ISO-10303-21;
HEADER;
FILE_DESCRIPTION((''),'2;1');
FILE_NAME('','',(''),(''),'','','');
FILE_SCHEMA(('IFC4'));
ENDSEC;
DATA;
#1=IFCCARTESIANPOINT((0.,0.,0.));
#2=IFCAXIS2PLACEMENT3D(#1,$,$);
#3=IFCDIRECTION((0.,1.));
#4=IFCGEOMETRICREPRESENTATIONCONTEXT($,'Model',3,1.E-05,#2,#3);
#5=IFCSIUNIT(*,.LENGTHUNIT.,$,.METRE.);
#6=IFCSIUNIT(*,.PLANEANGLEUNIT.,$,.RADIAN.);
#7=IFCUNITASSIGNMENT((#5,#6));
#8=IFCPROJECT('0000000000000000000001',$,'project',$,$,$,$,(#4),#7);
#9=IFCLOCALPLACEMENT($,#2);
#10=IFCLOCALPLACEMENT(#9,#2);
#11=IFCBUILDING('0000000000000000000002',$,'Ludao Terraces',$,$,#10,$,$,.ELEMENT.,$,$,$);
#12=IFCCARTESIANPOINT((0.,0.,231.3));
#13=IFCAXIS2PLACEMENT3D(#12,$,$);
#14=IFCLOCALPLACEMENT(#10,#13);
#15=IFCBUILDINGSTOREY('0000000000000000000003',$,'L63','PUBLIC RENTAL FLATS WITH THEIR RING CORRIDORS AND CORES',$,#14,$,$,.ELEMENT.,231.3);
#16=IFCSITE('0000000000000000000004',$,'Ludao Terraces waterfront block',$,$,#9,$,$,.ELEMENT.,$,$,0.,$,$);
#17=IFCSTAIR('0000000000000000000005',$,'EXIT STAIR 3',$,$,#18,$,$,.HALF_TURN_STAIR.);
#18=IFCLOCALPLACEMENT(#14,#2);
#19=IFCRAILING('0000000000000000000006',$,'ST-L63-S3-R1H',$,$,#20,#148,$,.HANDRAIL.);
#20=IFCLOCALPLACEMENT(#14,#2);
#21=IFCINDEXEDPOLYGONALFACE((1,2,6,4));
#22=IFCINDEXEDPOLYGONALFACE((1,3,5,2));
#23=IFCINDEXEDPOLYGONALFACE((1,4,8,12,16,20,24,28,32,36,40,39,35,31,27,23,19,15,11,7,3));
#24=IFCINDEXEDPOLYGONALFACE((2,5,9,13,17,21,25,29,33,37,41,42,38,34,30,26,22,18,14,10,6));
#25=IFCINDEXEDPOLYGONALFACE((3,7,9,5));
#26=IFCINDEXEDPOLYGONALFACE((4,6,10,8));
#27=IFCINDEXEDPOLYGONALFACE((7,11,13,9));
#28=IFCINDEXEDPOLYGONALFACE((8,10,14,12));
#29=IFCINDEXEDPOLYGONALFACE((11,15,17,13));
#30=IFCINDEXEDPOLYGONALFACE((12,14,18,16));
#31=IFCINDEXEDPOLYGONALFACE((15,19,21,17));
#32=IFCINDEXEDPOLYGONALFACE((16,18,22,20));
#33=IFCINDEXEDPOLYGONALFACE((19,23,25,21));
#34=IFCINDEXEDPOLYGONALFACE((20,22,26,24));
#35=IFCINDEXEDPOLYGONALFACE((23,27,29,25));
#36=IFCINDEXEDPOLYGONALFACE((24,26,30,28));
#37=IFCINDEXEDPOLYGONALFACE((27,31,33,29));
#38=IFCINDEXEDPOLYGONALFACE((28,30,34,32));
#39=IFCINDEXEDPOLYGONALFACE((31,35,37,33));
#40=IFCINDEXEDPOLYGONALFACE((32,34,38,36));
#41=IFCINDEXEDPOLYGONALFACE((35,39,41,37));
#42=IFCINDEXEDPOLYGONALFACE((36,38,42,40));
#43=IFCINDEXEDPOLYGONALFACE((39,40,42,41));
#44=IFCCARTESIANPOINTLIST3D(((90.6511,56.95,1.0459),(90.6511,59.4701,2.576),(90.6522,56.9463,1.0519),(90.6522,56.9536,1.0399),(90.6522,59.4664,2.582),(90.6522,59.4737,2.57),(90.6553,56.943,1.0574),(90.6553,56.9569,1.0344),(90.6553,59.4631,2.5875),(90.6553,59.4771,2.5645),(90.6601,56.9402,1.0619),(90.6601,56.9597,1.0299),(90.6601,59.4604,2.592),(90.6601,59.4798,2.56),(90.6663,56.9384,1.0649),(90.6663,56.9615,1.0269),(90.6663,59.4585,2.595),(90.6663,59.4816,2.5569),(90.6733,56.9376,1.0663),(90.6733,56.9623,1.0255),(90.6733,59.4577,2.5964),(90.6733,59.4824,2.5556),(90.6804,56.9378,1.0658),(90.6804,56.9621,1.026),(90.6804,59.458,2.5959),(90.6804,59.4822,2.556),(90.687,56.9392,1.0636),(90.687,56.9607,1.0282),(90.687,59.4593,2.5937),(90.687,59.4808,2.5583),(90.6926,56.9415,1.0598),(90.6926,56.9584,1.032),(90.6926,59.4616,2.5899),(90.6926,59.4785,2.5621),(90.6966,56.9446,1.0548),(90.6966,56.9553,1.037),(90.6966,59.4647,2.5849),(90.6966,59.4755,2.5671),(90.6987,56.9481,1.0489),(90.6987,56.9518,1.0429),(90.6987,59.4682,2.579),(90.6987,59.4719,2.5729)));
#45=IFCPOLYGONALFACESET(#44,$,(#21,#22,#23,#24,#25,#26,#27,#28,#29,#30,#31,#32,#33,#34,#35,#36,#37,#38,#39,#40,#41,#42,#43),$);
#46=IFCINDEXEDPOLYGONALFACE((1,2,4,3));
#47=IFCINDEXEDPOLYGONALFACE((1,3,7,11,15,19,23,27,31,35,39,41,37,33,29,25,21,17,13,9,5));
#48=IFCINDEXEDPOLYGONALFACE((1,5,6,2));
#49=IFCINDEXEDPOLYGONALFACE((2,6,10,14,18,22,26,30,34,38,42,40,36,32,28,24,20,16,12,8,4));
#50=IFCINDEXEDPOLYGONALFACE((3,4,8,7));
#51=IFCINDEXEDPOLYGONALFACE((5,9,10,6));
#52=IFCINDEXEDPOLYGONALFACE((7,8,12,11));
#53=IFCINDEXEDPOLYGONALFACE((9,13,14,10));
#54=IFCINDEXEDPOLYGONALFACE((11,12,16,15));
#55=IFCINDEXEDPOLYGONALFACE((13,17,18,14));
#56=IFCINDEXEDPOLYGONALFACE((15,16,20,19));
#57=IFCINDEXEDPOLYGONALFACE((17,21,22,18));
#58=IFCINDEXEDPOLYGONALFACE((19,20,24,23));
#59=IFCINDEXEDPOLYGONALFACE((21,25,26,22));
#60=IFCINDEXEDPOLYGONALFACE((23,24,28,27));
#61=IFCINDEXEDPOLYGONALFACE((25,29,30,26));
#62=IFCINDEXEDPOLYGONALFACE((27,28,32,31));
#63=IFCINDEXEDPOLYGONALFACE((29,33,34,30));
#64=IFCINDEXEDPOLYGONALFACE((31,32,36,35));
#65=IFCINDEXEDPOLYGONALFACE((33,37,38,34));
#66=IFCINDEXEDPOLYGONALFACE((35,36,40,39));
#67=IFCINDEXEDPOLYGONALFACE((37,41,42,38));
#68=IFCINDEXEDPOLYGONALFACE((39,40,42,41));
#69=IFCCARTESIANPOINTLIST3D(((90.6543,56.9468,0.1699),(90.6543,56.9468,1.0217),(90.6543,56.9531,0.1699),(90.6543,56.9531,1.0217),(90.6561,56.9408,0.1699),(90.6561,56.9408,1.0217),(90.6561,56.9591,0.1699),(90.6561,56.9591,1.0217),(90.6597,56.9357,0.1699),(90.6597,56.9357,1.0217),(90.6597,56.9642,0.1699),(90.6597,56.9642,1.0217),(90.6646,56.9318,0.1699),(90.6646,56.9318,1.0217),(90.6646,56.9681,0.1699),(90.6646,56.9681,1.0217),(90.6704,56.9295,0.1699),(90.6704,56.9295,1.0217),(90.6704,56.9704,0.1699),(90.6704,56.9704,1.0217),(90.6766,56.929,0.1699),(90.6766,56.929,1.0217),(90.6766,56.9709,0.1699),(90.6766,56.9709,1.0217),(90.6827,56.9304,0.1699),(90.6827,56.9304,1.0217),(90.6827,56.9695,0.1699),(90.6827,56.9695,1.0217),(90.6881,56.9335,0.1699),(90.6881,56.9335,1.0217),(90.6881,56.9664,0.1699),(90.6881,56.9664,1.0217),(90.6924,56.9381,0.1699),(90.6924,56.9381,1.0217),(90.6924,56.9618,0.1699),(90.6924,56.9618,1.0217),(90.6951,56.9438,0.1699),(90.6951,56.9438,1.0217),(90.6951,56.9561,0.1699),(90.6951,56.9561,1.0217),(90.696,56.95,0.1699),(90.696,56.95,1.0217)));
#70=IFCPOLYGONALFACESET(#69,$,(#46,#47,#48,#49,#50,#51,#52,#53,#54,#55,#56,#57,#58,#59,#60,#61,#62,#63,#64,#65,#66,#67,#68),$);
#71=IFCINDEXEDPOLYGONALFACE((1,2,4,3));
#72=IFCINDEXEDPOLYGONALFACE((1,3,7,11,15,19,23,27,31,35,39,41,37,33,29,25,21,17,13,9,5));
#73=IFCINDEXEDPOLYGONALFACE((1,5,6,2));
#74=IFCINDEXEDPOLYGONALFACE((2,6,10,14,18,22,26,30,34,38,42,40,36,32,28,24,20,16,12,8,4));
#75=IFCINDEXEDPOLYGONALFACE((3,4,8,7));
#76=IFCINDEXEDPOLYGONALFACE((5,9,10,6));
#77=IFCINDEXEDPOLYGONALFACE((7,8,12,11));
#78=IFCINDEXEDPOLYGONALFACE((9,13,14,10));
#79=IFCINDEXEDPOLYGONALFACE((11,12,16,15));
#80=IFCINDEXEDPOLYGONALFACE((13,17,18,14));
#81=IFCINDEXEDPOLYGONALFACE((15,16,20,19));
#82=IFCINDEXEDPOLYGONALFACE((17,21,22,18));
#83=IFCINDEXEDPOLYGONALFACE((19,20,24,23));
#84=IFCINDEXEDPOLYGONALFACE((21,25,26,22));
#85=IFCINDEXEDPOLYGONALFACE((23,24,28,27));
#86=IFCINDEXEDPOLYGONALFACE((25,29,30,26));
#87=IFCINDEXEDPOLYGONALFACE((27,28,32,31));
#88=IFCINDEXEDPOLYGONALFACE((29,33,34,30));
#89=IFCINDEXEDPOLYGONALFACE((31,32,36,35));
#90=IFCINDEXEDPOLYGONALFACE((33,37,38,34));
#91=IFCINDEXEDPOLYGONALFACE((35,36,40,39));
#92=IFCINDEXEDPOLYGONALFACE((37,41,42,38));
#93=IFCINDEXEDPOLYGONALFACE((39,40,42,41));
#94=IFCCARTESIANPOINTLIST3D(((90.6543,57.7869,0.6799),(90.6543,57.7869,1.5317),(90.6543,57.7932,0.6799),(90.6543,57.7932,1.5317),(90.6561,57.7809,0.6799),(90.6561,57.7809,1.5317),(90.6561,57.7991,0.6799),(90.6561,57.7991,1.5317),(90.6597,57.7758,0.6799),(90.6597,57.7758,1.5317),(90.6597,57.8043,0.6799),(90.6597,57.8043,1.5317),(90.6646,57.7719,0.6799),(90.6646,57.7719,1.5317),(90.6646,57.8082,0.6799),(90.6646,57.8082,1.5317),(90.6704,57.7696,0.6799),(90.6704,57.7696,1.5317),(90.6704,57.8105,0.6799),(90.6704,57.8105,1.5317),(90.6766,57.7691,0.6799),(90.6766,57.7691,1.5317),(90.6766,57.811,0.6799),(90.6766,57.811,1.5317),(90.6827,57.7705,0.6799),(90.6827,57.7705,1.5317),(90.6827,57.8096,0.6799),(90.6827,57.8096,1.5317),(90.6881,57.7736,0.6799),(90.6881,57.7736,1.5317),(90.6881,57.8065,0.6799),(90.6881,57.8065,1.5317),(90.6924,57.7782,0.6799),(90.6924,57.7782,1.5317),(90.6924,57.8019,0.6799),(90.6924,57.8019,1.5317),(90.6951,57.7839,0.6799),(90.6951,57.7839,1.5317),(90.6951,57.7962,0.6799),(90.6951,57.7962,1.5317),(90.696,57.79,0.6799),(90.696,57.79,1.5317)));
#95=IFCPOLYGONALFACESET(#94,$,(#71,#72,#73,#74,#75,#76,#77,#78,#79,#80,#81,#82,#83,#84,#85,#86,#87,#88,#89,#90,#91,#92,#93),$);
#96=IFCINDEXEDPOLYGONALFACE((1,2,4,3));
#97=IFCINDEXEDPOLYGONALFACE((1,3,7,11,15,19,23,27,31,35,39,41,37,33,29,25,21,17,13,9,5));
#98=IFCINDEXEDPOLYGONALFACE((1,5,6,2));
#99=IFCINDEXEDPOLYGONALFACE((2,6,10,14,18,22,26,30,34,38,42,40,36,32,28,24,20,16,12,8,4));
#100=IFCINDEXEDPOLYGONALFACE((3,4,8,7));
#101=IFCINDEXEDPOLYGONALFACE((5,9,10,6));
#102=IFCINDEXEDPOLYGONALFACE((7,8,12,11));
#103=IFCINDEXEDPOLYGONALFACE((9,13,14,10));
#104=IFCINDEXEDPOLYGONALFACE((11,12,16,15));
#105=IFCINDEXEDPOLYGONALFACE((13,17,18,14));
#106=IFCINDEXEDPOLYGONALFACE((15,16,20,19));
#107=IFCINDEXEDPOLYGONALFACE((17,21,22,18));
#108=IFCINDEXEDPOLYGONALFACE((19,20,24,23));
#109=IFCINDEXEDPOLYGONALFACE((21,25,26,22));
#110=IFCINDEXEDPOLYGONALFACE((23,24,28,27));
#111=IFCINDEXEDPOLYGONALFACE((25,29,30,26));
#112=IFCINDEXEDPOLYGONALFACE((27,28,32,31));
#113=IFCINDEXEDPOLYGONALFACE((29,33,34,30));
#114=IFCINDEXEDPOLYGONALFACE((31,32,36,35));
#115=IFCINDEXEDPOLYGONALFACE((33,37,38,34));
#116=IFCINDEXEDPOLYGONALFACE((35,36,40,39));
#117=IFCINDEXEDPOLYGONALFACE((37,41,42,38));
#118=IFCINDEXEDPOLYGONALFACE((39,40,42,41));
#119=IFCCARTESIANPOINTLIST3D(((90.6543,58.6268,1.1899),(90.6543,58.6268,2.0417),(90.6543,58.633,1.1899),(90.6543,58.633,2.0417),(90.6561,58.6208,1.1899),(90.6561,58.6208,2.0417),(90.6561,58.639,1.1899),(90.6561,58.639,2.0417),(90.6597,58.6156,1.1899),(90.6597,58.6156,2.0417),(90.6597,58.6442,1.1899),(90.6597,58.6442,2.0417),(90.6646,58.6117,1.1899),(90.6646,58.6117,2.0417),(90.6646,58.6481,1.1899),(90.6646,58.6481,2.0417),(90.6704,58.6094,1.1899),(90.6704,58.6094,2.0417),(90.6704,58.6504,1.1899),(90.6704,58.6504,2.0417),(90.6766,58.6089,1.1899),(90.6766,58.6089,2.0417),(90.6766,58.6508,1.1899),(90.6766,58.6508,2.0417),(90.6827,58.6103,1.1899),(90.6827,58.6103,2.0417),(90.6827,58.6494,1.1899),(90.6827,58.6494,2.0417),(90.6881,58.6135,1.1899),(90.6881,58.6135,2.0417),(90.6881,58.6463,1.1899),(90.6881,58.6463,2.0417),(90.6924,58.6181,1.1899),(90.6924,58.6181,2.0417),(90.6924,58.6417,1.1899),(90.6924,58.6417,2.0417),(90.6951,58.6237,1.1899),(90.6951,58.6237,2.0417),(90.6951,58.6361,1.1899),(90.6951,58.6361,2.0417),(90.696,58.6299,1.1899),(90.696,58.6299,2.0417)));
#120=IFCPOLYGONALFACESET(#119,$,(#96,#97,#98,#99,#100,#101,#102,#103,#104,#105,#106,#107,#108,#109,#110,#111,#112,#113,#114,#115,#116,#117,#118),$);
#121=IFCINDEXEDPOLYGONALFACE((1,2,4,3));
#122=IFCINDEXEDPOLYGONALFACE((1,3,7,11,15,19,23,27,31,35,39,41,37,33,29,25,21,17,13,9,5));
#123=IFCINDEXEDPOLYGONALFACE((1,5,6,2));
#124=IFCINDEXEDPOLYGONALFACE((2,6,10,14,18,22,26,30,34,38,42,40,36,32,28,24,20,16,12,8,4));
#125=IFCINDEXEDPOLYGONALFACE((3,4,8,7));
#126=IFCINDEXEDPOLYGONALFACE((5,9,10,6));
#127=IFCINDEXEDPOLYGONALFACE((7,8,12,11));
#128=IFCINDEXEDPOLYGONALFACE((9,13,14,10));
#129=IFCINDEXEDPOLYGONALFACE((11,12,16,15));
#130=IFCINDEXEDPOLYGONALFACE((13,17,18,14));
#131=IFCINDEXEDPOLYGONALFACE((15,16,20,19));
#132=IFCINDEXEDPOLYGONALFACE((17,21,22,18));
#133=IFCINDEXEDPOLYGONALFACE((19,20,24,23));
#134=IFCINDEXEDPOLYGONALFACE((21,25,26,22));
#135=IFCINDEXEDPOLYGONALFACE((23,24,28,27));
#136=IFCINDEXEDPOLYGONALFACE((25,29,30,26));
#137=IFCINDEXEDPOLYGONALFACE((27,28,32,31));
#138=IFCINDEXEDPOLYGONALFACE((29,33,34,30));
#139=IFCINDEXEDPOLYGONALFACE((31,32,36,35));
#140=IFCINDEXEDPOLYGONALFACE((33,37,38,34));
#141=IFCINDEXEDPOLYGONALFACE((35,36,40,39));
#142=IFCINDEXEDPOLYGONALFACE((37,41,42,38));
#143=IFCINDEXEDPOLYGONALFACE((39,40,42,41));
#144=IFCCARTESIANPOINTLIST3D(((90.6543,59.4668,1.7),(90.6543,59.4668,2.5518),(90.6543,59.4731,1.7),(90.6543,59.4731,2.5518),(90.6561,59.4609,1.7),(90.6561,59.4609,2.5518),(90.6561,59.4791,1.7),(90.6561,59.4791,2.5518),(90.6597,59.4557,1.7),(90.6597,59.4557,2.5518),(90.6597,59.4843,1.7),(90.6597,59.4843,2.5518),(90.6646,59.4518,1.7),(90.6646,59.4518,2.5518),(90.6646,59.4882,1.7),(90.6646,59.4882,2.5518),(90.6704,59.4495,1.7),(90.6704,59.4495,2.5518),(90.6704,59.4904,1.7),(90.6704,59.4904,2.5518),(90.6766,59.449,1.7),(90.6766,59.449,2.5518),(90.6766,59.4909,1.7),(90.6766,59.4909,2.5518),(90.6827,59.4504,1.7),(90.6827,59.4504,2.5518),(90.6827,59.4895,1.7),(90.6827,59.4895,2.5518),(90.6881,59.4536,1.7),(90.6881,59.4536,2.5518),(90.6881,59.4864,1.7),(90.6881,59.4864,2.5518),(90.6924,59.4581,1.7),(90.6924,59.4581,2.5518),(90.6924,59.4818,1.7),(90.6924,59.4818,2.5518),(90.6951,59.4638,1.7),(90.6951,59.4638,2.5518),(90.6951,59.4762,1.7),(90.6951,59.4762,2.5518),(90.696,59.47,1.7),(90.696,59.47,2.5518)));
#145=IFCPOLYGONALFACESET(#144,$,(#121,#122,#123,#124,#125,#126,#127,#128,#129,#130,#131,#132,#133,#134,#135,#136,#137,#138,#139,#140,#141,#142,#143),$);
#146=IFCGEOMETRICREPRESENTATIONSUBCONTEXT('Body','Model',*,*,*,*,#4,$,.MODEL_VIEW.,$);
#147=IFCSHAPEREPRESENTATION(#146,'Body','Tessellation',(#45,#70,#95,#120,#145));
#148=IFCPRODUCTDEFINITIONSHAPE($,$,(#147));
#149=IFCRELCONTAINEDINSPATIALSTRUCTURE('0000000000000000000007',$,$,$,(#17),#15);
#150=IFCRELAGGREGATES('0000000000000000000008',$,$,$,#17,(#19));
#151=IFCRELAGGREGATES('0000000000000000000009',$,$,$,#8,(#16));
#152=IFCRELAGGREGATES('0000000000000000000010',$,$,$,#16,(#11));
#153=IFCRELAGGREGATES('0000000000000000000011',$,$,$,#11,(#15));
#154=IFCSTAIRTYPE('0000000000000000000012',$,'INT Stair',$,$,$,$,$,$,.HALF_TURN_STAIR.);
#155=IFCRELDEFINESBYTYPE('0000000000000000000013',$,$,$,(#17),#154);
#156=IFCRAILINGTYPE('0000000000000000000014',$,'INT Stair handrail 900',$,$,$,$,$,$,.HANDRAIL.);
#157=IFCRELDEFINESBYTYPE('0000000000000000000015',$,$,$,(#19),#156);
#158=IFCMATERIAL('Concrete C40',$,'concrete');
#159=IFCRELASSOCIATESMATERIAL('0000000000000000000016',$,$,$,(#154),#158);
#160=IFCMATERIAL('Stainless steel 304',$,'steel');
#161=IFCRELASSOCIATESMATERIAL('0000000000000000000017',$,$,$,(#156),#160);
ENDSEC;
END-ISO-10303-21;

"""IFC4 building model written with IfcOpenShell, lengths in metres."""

from ifc_helpers import new_model, si_unit, direction, frame, origin, origin_2d, place, context, subcontext, project, spatial, circle, extrude, material, type_object, element, aggregate, save


model = new_model("IFC4")

# Units and contexts
model_context = context("Model", 3, precision=1e-05, world=origin(), true_north=direction((0.0, 1.0)))
body_context = subcontext(model_context, "Body", "Model", "MODEL_VIEW")
ifc_project = project(units=[si_unit("LENGTHUNIT", "METRE"), si_unit("PLANEANGLEUNIT", "RADIAN")], contexts=[model_context])

# Site, building, storey
site_placement = place(None, origin())
site = spatial("IfcSite", under=ifc_project, at=site_placement, Name="Ludao Terraces waterfront block", CompositionType="ELEMENT", RefElevation=0.0)
building_placement = place(site_placement, origin())
building = spatial("IfcBuilding", under=site, at=building_placement, Name="Ludao Terraces", CompositionType="ELEMENT")
storey_placement = place(building_placement, frame((0.0, 0.0, 231.3)))
storey = spatial("IfcBuildingStorey", under=building, at=storey_placement, Name="L63", Description="PUBLIC RENTAL FLATS WITH THEIR RING CORRIDORS AND CORES", CompositionType="ELEMENT", Elevation=231.3)

# Shared definitions
ifc_material_1 = material(Name="Concrete C40", Category="concrete")

# Stair, railing
stair_type = type_object("IfcStairType", Name="INT Stair", PredefinedType="HALF_TURN_STAIR", material=ifc_material_1)
stair_placement = place(storey_placement, origin())
stair = element("IfcStair", 1, at=stair_placement, inside=storey, type_object=stair_type, Name="EXIT STAIR 3", PredefinedType="HALF_TURN_STAIR")
ifc_material_2 = material(Name="Stainless steel 304", Category="steel")
railing_type_1 = type_object("IfcRailingType", Name="INT Stair handrail 900", PredefinedType="HANDRAIL", material=ifc_material_2)
railing_1_placement = place(storey_placement, frame((90.675, 56.95, 0.1699)))
railing_1 = element("IfcRailing", 2, at=railing_1_placement, type_object=railing_type_1, Name="ST-L63-S3-R1H", PredefinedType="HANDRAIL", context=body_context, shape_type="SweptSolid", body=[
    extrude(circle(Radius=0.0239, at=origin_2d()), frame((0.0, 0.0, 0.876), z_axis=(0.0, 0.854785, 0.518982), x_axis=(-1.0, 0.0, 0.0)), (0.0, 0.0, 1.0), 2.9482),
    extrude(circle(Radius=0.021, at=origin_2d()), origin(), (0.0, 0.0, 1.0), 0.8518),
    extrude(circle(Radius=0.021, at=origin_2d()), frame((0.0, 0.8401, 0.51)), (0.0, 0.0, 1.0), 0.8518),
    extrude(circle(Radius=0.021, at=origin_2d()), frame((0.0, 1.6799, 1.02)), (0.0, 0.0, 1.0), 0.8518),
    extrude(circle(Radius=0.021, at=origin_2d()), frame((0.0, 2.52, 1.53)), (0.0, 0.0, 1.0), 0.8518),
])
aggregate(stair, [railing_1])

save(model, "model.ifc")
